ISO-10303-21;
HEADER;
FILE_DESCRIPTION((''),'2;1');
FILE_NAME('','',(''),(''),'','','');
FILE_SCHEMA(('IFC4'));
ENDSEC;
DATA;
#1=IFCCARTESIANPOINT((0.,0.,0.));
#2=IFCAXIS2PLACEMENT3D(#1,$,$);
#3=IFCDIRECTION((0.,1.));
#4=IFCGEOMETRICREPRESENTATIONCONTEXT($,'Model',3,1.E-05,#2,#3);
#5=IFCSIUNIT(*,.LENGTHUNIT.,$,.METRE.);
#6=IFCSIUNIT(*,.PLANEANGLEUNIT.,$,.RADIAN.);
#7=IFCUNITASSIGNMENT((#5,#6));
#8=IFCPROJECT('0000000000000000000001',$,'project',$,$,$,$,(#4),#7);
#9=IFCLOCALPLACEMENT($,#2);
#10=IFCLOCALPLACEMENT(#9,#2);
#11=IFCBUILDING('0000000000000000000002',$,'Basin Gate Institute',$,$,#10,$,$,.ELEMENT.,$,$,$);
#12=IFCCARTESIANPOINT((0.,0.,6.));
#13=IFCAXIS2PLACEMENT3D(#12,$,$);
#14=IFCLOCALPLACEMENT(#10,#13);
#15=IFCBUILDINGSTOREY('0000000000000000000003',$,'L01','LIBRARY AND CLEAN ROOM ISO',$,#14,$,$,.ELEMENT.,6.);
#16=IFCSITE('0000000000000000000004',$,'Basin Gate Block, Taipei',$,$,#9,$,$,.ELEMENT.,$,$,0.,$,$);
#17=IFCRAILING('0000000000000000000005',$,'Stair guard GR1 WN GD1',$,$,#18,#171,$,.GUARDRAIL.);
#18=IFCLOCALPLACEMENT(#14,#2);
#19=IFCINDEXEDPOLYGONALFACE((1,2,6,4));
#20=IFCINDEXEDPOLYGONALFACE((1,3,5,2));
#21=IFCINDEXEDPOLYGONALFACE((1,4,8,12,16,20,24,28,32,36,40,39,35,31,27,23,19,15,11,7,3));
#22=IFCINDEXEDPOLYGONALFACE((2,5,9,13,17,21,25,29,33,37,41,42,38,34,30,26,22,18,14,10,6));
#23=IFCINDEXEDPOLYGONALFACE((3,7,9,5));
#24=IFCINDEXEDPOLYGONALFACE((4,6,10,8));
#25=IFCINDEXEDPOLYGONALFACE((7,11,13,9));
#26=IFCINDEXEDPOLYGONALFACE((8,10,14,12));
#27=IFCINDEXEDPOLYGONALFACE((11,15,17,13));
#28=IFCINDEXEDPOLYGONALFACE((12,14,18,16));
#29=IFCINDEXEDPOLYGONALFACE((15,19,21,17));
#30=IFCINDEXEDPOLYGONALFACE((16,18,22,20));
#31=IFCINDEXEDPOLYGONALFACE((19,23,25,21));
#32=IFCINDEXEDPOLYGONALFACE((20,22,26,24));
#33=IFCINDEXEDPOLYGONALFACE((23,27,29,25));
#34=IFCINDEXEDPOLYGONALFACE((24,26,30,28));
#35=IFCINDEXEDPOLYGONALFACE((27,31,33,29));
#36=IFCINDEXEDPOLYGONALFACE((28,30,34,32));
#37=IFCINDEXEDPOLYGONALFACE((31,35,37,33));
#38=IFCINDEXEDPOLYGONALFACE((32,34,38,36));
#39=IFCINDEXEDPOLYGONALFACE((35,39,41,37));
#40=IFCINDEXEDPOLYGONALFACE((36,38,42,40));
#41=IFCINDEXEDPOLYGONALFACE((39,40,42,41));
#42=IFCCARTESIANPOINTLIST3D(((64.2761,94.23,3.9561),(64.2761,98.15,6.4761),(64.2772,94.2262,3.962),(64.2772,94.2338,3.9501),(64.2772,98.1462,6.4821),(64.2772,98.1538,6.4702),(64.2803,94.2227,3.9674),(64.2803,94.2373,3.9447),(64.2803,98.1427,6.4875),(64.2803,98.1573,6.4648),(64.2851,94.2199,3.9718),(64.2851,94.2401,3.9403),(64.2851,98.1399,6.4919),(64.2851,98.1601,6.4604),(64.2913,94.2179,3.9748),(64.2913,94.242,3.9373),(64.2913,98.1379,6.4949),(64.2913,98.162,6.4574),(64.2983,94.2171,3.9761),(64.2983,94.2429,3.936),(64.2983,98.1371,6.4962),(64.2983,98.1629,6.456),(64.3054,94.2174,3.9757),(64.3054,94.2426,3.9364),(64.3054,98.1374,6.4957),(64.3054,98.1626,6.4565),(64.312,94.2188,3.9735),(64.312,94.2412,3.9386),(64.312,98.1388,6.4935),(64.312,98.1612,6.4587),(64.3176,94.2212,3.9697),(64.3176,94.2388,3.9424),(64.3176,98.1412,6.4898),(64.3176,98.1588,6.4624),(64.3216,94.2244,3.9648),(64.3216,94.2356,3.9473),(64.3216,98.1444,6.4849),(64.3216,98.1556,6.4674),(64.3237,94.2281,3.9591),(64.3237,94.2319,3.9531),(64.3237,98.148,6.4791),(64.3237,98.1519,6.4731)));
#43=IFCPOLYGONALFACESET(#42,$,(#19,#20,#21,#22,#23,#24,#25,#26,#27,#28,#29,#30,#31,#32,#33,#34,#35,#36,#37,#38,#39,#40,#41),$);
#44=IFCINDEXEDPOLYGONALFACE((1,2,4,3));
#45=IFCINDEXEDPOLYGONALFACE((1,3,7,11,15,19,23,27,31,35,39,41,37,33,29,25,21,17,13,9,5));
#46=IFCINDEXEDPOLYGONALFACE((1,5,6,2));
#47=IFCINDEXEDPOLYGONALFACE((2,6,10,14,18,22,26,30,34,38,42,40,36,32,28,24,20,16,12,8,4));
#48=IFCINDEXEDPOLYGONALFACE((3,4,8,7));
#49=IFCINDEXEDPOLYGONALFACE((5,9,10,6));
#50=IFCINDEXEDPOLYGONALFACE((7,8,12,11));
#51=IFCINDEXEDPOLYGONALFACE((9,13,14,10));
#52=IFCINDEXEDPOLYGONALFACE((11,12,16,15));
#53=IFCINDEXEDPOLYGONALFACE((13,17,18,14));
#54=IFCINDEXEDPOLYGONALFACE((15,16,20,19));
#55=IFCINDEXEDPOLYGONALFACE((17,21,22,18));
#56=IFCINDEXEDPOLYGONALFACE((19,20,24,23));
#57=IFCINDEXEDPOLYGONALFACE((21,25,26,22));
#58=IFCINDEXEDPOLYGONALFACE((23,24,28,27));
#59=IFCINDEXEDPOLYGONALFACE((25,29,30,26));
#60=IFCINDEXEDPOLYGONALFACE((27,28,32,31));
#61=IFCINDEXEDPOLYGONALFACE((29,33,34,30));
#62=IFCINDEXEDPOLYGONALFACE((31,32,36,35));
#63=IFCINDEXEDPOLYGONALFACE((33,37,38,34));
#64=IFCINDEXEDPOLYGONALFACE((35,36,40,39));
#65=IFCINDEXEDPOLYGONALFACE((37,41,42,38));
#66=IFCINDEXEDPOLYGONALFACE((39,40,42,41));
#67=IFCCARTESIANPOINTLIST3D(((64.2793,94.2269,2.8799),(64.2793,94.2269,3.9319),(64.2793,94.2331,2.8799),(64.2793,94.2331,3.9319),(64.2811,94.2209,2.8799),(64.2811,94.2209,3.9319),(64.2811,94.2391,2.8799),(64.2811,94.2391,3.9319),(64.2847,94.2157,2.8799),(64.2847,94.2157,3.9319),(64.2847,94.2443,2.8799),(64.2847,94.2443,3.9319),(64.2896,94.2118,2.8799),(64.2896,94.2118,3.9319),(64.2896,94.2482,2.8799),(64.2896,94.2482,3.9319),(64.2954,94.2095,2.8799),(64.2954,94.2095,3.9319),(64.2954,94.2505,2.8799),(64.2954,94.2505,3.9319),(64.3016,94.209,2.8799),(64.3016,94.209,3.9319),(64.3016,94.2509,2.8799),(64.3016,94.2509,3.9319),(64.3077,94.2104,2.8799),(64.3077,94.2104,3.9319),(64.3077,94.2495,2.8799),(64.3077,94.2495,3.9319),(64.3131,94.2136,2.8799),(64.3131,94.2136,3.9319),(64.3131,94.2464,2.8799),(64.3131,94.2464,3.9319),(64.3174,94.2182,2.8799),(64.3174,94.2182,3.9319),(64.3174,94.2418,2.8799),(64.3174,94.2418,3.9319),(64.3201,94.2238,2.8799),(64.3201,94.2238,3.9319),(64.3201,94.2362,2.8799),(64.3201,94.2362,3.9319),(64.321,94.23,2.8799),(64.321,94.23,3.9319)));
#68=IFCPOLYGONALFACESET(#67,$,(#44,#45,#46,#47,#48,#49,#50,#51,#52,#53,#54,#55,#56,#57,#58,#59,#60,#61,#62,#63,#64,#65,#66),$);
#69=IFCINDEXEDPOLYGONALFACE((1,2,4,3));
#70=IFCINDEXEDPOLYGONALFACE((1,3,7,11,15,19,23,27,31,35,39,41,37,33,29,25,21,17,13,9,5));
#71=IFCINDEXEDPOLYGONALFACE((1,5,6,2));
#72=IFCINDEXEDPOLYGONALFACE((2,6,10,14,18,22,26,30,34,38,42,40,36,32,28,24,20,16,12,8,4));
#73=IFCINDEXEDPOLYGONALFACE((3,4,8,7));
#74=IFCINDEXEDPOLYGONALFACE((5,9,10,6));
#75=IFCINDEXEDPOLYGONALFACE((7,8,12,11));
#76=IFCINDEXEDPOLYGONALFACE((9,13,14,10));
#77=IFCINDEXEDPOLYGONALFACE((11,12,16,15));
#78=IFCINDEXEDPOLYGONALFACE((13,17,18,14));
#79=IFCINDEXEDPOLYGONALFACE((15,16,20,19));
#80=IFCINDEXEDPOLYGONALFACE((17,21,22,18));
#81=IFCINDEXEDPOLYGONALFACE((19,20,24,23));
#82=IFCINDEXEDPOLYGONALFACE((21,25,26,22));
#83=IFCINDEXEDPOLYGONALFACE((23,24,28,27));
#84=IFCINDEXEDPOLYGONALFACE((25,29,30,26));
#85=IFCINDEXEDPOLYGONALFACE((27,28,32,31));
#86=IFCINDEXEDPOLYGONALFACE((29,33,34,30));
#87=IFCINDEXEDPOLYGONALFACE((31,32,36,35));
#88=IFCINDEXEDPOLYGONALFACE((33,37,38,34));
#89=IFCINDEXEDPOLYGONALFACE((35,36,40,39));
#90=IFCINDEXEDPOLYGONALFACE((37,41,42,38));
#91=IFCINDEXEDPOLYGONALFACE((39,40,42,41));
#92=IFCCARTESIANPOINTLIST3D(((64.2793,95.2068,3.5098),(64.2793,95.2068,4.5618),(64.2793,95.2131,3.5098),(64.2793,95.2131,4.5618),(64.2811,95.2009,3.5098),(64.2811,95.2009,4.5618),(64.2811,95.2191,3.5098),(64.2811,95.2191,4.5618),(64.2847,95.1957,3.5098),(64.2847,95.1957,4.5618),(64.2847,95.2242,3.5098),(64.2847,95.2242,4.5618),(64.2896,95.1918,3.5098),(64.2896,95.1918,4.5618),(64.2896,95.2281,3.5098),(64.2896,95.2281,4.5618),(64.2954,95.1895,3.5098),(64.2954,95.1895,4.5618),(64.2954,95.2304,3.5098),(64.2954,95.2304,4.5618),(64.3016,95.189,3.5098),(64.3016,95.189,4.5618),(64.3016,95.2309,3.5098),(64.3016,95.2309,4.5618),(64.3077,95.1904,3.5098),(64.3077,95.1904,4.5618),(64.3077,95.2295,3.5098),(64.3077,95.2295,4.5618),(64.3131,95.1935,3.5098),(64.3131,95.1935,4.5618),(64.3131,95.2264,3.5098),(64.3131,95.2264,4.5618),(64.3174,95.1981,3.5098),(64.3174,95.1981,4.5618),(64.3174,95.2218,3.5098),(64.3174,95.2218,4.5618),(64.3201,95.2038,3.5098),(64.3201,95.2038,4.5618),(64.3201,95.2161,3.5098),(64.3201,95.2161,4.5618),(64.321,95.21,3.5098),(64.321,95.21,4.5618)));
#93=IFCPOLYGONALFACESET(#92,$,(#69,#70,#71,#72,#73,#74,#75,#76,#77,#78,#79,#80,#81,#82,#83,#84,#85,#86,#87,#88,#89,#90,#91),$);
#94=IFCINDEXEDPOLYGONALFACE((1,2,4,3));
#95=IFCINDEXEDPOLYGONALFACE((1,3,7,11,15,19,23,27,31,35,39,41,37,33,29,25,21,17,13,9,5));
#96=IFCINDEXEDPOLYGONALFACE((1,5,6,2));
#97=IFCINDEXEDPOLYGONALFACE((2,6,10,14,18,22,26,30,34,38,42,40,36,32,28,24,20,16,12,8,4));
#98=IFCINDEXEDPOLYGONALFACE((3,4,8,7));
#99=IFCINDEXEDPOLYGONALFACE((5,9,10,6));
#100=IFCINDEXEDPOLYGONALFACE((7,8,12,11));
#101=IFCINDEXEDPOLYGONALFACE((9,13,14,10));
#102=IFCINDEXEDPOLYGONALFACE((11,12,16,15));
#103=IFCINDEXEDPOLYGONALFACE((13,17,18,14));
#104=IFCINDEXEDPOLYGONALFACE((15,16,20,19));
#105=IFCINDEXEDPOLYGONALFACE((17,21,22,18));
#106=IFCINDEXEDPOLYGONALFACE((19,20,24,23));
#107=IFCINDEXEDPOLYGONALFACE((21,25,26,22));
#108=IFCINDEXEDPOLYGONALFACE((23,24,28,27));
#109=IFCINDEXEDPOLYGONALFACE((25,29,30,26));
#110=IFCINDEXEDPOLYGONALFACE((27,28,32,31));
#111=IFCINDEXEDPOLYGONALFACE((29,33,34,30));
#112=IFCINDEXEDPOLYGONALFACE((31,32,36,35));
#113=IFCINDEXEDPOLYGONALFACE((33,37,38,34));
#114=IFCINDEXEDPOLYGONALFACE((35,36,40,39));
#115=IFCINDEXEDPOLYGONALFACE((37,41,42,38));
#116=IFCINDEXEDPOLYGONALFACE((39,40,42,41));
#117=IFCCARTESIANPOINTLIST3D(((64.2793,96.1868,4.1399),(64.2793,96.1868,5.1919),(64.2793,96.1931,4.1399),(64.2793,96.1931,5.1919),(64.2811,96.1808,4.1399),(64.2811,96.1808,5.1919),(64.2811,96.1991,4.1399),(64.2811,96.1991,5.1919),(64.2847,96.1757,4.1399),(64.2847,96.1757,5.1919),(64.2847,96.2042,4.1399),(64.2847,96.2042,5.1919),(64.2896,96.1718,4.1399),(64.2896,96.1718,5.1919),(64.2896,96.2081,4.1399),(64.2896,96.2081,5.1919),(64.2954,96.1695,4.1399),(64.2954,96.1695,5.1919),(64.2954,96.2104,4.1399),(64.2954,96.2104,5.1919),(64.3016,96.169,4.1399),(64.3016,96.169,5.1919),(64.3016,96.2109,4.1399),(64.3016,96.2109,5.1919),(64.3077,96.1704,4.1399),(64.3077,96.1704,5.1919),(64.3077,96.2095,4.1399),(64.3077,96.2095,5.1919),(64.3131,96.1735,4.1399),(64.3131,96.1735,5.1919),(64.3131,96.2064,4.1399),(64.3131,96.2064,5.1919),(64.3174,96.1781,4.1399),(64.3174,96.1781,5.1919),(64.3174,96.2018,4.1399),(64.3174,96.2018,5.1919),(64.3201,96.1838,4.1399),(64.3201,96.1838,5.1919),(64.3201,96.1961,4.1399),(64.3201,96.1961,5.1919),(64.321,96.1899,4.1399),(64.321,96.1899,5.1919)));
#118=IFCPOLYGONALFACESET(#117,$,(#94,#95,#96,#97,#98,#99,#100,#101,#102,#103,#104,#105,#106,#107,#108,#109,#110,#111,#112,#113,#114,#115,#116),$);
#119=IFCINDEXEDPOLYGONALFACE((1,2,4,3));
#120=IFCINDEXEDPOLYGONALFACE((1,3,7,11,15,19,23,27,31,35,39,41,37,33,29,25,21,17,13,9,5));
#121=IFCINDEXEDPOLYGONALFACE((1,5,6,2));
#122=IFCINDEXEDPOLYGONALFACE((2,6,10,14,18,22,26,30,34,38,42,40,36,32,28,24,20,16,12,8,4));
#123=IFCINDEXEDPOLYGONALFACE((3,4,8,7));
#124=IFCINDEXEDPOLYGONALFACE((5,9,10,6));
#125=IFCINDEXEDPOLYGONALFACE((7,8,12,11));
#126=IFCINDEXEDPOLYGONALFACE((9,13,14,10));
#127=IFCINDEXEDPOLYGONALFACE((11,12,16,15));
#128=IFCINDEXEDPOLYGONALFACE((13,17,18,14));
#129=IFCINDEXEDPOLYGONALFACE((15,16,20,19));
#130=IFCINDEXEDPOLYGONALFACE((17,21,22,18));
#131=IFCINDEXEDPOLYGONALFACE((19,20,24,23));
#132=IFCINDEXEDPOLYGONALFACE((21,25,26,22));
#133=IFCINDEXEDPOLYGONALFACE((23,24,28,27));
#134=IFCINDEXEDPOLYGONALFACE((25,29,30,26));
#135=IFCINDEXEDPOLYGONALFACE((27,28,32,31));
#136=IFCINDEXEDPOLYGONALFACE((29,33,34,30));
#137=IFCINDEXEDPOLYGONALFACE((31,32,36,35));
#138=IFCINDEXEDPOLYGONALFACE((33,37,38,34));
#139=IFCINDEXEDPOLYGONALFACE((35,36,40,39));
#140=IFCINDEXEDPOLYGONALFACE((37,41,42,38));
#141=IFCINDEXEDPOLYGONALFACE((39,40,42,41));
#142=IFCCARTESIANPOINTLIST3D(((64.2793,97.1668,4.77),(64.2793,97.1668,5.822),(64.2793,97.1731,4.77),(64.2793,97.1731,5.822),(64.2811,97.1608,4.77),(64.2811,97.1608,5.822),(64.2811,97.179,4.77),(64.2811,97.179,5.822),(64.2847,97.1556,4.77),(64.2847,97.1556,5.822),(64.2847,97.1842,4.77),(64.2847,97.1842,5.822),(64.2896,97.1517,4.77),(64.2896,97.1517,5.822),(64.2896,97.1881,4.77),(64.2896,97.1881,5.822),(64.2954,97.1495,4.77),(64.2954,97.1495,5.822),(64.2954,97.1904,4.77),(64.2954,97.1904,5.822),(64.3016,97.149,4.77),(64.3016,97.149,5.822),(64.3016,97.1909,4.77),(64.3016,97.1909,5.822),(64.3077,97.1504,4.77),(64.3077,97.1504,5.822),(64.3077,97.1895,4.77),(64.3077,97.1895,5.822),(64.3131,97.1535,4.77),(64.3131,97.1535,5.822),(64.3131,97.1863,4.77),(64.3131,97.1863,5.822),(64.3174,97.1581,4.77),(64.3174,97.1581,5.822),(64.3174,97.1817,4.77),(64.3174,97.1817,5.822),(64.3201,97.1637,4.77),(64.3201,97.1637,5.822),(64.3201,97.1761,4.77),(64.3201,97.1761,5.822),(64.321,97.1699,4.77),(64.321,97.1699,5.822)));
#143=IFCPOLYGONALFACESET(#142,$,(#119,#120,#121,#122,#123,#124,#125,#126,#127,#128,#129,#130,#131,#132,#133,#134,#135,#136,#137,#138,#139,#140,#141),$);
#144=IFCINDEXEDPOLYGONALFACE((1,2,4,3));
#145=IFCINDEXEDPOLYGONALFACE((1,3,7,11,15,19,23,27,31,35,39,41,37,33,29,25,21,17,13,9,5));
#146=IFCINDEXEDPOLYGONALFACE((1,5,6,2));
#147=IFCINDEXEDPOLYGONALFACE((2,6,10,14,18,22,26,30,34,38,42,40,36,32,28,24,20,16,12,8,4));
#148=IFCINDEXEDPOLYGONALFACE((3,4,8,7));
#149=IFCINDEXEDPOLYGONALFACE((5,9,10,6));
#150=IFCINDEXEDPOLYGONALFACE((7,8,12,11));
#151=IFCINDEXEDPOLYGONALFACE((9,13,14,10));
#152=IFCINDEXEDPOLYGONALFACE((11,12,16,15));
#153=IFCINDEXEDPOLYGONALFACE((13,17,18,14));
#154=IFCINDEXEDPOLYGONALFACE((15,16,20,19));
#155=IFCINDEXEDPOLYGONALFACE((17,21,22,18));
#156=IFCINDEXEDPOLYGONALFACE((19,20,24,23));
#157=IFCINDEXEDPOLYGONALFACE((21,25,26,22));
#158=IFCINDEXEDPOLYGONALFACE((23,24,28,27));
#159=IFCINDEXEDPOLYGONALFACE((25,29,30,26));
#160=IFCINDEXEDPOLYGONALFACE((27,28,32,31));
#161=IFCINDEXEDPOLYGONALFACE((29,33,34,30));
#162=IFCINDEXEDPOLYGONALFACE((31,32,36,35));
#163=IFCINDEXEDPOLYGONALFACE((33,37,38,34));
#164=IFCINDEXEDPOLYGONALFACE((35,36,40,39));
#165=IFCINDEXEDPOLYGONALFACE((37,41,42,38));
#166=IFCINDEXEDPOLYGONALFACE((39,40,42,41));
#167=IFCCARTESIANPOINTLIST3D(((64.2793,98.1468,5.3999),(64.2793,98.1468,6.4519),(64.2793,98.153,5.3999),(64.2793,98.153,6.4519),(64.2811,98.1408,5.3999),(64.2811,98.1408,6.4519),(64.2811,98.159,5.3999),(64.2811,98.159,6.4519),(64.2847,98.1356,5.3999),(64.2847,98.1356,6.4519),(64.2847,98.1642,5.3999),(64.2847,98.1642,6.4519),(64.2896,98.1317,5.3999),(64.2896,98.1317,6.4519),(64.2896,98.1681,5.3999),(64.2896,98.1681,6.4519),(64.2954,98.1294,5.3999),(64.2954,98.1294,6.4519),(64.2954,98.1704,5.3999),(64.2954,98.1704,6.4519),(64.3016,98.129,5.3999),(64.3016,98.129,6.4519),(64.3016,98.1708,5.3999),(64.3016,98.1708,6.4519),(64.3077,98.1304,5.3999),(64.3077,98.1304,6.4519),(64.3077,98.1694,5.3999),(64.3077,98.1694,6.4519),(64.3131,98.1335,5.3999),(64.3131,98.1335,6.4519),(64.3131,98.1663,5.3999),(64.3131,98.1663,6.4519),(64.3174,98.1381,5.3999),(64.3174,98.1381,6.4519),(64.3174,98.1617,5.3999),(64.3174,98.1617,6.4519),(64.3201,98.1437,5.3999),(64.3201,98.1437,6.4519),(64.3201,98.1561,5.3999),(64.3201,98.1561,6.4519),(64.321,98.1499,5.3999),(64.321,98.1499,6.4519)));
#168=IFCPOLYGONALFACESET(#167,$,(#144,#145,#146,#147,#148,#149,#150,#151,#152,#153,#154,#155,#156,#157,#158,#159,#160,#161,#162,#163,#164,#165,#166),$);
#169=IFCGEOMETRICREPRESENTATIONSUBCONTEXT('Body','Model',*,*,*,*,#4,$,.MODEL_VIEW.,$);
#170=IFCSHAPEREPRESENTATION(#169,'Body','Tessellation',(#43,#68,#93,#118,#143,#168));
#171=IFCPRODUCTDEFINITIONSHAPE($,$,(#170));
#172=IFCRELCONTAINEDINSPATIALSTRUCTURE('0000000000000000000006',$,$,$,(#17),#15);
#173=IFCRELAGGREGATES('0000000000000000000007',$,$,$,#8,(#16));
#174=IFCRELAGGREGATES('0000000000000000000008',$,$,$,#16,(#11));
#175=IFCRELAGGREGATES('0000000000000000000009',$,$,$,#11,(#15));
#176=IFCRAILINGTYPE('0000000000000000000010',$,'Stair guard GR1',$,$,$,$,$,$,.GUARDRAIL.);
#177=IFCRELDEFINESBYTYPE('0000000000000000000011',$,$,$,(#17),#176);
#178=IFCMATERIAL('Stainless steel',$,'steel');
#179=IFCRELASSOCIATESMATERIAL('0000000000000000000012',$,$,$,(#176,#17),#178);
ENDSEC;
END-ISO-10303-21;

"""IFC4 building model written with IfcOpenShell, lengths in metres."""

from ifc_helpers import new_model, si_unit, direction, frame, origin, origin_2d, place, context, subcontext, project, spatial, circle, extrude, material, type_object, element, save


model = new_model("IFC4")

# Units and contexts
model_context = context("Model", 3, precision=1e-05, world=origin(), true_north=direction((0.0, 1.0)))
body_context = subcontext(model_context, "Body", "Model", "MODEL_VIEW")
ifc_project = project(units=[si_unit("LENGTHUNIT", "METRE"), si_unit("PLANEANGLEUNIT", "RADIAN")], contexts=[model_context])

# Site, building, storey
site_placement = place(None, origin())
site = spatial("IfcSite", under=ifc_project, at=site_placement, Name="Basin Gate Block, Taipei", CompositionType="ELEMENT", RefElevation=0.0)
building_placement = place(site_placement, origin())
building = spatial("IfcBuilding", under=site, at=building_placement, Name="Basin Gate Institute", CompositionType="ELEMENT")
storey_placement = place(building_placement, frame((0.0, 0.0, 6.0)))
storey = spatial("IfcBuildingStorey", under=building, at=storey_placement, Name="L01", Description="LIBRARY AND CLEAN ROOM ISO", CompositionType="ELEMENT", Elevation=6.0)

# Railing
ifc_material_1 = material(Name="Stainless steel", Category="steel")
railing_type_1 = type_object("IfcRailingType", Name="Stair guard GR1", PredefinedType="GUARDRAIL", material=ifc_material_1)
railing_1_placement = place(storey_placement, frame((64.3, 94.23, 2.8799)))
element("IfcRailing", 1, at=railing_1_placement, inside=storey, type_object=railing_type_1, material=ifc_material_1, Name="Stair guard GR1 WN GD1", PredefinedType="GUARDRAIL", context=body_context, shape_type="SweptSolid", body=[
    extrude(circle(Radius=0.0239, at=origin_2d()), frame((0.0, 0.0, 1.0762), z_axis=(0.0, 0.841172, 0.540768), x_axis=(-1.0, 0.0, 0.0)), (0.0, 0.0, 1.0), 4.6602),
    extrude(circle(Radius=0.021, at=origin_2d()), origin(), (0.0, 0.0, 1.0), 1.052),
    extrude(circle(Radius=0.021, at=origin_2d()), frame((0.0, 0.98, 0.6299)), (0.0, 0.0, 1.0), 1.052),
    extrude(circle(Radius=0.021, at=origin_2d()), frame((0.0, 1.96, 1.26)), (0.0, 0.0, 1.0), 1.052),
    extrude(circle(Radius=0.021, at=origin_2d()), frame((0.0, 2.9399, 1.8901)), (0.0, 0.0, 1.0), 1.052),
    extrude(circle(Radius=0.021, at=origin_2d()), frame((0.0, 3.9199, 2.52)), (0.0, 0.0, 1.0), 1.052),
])

save(model, "model.ifc")
